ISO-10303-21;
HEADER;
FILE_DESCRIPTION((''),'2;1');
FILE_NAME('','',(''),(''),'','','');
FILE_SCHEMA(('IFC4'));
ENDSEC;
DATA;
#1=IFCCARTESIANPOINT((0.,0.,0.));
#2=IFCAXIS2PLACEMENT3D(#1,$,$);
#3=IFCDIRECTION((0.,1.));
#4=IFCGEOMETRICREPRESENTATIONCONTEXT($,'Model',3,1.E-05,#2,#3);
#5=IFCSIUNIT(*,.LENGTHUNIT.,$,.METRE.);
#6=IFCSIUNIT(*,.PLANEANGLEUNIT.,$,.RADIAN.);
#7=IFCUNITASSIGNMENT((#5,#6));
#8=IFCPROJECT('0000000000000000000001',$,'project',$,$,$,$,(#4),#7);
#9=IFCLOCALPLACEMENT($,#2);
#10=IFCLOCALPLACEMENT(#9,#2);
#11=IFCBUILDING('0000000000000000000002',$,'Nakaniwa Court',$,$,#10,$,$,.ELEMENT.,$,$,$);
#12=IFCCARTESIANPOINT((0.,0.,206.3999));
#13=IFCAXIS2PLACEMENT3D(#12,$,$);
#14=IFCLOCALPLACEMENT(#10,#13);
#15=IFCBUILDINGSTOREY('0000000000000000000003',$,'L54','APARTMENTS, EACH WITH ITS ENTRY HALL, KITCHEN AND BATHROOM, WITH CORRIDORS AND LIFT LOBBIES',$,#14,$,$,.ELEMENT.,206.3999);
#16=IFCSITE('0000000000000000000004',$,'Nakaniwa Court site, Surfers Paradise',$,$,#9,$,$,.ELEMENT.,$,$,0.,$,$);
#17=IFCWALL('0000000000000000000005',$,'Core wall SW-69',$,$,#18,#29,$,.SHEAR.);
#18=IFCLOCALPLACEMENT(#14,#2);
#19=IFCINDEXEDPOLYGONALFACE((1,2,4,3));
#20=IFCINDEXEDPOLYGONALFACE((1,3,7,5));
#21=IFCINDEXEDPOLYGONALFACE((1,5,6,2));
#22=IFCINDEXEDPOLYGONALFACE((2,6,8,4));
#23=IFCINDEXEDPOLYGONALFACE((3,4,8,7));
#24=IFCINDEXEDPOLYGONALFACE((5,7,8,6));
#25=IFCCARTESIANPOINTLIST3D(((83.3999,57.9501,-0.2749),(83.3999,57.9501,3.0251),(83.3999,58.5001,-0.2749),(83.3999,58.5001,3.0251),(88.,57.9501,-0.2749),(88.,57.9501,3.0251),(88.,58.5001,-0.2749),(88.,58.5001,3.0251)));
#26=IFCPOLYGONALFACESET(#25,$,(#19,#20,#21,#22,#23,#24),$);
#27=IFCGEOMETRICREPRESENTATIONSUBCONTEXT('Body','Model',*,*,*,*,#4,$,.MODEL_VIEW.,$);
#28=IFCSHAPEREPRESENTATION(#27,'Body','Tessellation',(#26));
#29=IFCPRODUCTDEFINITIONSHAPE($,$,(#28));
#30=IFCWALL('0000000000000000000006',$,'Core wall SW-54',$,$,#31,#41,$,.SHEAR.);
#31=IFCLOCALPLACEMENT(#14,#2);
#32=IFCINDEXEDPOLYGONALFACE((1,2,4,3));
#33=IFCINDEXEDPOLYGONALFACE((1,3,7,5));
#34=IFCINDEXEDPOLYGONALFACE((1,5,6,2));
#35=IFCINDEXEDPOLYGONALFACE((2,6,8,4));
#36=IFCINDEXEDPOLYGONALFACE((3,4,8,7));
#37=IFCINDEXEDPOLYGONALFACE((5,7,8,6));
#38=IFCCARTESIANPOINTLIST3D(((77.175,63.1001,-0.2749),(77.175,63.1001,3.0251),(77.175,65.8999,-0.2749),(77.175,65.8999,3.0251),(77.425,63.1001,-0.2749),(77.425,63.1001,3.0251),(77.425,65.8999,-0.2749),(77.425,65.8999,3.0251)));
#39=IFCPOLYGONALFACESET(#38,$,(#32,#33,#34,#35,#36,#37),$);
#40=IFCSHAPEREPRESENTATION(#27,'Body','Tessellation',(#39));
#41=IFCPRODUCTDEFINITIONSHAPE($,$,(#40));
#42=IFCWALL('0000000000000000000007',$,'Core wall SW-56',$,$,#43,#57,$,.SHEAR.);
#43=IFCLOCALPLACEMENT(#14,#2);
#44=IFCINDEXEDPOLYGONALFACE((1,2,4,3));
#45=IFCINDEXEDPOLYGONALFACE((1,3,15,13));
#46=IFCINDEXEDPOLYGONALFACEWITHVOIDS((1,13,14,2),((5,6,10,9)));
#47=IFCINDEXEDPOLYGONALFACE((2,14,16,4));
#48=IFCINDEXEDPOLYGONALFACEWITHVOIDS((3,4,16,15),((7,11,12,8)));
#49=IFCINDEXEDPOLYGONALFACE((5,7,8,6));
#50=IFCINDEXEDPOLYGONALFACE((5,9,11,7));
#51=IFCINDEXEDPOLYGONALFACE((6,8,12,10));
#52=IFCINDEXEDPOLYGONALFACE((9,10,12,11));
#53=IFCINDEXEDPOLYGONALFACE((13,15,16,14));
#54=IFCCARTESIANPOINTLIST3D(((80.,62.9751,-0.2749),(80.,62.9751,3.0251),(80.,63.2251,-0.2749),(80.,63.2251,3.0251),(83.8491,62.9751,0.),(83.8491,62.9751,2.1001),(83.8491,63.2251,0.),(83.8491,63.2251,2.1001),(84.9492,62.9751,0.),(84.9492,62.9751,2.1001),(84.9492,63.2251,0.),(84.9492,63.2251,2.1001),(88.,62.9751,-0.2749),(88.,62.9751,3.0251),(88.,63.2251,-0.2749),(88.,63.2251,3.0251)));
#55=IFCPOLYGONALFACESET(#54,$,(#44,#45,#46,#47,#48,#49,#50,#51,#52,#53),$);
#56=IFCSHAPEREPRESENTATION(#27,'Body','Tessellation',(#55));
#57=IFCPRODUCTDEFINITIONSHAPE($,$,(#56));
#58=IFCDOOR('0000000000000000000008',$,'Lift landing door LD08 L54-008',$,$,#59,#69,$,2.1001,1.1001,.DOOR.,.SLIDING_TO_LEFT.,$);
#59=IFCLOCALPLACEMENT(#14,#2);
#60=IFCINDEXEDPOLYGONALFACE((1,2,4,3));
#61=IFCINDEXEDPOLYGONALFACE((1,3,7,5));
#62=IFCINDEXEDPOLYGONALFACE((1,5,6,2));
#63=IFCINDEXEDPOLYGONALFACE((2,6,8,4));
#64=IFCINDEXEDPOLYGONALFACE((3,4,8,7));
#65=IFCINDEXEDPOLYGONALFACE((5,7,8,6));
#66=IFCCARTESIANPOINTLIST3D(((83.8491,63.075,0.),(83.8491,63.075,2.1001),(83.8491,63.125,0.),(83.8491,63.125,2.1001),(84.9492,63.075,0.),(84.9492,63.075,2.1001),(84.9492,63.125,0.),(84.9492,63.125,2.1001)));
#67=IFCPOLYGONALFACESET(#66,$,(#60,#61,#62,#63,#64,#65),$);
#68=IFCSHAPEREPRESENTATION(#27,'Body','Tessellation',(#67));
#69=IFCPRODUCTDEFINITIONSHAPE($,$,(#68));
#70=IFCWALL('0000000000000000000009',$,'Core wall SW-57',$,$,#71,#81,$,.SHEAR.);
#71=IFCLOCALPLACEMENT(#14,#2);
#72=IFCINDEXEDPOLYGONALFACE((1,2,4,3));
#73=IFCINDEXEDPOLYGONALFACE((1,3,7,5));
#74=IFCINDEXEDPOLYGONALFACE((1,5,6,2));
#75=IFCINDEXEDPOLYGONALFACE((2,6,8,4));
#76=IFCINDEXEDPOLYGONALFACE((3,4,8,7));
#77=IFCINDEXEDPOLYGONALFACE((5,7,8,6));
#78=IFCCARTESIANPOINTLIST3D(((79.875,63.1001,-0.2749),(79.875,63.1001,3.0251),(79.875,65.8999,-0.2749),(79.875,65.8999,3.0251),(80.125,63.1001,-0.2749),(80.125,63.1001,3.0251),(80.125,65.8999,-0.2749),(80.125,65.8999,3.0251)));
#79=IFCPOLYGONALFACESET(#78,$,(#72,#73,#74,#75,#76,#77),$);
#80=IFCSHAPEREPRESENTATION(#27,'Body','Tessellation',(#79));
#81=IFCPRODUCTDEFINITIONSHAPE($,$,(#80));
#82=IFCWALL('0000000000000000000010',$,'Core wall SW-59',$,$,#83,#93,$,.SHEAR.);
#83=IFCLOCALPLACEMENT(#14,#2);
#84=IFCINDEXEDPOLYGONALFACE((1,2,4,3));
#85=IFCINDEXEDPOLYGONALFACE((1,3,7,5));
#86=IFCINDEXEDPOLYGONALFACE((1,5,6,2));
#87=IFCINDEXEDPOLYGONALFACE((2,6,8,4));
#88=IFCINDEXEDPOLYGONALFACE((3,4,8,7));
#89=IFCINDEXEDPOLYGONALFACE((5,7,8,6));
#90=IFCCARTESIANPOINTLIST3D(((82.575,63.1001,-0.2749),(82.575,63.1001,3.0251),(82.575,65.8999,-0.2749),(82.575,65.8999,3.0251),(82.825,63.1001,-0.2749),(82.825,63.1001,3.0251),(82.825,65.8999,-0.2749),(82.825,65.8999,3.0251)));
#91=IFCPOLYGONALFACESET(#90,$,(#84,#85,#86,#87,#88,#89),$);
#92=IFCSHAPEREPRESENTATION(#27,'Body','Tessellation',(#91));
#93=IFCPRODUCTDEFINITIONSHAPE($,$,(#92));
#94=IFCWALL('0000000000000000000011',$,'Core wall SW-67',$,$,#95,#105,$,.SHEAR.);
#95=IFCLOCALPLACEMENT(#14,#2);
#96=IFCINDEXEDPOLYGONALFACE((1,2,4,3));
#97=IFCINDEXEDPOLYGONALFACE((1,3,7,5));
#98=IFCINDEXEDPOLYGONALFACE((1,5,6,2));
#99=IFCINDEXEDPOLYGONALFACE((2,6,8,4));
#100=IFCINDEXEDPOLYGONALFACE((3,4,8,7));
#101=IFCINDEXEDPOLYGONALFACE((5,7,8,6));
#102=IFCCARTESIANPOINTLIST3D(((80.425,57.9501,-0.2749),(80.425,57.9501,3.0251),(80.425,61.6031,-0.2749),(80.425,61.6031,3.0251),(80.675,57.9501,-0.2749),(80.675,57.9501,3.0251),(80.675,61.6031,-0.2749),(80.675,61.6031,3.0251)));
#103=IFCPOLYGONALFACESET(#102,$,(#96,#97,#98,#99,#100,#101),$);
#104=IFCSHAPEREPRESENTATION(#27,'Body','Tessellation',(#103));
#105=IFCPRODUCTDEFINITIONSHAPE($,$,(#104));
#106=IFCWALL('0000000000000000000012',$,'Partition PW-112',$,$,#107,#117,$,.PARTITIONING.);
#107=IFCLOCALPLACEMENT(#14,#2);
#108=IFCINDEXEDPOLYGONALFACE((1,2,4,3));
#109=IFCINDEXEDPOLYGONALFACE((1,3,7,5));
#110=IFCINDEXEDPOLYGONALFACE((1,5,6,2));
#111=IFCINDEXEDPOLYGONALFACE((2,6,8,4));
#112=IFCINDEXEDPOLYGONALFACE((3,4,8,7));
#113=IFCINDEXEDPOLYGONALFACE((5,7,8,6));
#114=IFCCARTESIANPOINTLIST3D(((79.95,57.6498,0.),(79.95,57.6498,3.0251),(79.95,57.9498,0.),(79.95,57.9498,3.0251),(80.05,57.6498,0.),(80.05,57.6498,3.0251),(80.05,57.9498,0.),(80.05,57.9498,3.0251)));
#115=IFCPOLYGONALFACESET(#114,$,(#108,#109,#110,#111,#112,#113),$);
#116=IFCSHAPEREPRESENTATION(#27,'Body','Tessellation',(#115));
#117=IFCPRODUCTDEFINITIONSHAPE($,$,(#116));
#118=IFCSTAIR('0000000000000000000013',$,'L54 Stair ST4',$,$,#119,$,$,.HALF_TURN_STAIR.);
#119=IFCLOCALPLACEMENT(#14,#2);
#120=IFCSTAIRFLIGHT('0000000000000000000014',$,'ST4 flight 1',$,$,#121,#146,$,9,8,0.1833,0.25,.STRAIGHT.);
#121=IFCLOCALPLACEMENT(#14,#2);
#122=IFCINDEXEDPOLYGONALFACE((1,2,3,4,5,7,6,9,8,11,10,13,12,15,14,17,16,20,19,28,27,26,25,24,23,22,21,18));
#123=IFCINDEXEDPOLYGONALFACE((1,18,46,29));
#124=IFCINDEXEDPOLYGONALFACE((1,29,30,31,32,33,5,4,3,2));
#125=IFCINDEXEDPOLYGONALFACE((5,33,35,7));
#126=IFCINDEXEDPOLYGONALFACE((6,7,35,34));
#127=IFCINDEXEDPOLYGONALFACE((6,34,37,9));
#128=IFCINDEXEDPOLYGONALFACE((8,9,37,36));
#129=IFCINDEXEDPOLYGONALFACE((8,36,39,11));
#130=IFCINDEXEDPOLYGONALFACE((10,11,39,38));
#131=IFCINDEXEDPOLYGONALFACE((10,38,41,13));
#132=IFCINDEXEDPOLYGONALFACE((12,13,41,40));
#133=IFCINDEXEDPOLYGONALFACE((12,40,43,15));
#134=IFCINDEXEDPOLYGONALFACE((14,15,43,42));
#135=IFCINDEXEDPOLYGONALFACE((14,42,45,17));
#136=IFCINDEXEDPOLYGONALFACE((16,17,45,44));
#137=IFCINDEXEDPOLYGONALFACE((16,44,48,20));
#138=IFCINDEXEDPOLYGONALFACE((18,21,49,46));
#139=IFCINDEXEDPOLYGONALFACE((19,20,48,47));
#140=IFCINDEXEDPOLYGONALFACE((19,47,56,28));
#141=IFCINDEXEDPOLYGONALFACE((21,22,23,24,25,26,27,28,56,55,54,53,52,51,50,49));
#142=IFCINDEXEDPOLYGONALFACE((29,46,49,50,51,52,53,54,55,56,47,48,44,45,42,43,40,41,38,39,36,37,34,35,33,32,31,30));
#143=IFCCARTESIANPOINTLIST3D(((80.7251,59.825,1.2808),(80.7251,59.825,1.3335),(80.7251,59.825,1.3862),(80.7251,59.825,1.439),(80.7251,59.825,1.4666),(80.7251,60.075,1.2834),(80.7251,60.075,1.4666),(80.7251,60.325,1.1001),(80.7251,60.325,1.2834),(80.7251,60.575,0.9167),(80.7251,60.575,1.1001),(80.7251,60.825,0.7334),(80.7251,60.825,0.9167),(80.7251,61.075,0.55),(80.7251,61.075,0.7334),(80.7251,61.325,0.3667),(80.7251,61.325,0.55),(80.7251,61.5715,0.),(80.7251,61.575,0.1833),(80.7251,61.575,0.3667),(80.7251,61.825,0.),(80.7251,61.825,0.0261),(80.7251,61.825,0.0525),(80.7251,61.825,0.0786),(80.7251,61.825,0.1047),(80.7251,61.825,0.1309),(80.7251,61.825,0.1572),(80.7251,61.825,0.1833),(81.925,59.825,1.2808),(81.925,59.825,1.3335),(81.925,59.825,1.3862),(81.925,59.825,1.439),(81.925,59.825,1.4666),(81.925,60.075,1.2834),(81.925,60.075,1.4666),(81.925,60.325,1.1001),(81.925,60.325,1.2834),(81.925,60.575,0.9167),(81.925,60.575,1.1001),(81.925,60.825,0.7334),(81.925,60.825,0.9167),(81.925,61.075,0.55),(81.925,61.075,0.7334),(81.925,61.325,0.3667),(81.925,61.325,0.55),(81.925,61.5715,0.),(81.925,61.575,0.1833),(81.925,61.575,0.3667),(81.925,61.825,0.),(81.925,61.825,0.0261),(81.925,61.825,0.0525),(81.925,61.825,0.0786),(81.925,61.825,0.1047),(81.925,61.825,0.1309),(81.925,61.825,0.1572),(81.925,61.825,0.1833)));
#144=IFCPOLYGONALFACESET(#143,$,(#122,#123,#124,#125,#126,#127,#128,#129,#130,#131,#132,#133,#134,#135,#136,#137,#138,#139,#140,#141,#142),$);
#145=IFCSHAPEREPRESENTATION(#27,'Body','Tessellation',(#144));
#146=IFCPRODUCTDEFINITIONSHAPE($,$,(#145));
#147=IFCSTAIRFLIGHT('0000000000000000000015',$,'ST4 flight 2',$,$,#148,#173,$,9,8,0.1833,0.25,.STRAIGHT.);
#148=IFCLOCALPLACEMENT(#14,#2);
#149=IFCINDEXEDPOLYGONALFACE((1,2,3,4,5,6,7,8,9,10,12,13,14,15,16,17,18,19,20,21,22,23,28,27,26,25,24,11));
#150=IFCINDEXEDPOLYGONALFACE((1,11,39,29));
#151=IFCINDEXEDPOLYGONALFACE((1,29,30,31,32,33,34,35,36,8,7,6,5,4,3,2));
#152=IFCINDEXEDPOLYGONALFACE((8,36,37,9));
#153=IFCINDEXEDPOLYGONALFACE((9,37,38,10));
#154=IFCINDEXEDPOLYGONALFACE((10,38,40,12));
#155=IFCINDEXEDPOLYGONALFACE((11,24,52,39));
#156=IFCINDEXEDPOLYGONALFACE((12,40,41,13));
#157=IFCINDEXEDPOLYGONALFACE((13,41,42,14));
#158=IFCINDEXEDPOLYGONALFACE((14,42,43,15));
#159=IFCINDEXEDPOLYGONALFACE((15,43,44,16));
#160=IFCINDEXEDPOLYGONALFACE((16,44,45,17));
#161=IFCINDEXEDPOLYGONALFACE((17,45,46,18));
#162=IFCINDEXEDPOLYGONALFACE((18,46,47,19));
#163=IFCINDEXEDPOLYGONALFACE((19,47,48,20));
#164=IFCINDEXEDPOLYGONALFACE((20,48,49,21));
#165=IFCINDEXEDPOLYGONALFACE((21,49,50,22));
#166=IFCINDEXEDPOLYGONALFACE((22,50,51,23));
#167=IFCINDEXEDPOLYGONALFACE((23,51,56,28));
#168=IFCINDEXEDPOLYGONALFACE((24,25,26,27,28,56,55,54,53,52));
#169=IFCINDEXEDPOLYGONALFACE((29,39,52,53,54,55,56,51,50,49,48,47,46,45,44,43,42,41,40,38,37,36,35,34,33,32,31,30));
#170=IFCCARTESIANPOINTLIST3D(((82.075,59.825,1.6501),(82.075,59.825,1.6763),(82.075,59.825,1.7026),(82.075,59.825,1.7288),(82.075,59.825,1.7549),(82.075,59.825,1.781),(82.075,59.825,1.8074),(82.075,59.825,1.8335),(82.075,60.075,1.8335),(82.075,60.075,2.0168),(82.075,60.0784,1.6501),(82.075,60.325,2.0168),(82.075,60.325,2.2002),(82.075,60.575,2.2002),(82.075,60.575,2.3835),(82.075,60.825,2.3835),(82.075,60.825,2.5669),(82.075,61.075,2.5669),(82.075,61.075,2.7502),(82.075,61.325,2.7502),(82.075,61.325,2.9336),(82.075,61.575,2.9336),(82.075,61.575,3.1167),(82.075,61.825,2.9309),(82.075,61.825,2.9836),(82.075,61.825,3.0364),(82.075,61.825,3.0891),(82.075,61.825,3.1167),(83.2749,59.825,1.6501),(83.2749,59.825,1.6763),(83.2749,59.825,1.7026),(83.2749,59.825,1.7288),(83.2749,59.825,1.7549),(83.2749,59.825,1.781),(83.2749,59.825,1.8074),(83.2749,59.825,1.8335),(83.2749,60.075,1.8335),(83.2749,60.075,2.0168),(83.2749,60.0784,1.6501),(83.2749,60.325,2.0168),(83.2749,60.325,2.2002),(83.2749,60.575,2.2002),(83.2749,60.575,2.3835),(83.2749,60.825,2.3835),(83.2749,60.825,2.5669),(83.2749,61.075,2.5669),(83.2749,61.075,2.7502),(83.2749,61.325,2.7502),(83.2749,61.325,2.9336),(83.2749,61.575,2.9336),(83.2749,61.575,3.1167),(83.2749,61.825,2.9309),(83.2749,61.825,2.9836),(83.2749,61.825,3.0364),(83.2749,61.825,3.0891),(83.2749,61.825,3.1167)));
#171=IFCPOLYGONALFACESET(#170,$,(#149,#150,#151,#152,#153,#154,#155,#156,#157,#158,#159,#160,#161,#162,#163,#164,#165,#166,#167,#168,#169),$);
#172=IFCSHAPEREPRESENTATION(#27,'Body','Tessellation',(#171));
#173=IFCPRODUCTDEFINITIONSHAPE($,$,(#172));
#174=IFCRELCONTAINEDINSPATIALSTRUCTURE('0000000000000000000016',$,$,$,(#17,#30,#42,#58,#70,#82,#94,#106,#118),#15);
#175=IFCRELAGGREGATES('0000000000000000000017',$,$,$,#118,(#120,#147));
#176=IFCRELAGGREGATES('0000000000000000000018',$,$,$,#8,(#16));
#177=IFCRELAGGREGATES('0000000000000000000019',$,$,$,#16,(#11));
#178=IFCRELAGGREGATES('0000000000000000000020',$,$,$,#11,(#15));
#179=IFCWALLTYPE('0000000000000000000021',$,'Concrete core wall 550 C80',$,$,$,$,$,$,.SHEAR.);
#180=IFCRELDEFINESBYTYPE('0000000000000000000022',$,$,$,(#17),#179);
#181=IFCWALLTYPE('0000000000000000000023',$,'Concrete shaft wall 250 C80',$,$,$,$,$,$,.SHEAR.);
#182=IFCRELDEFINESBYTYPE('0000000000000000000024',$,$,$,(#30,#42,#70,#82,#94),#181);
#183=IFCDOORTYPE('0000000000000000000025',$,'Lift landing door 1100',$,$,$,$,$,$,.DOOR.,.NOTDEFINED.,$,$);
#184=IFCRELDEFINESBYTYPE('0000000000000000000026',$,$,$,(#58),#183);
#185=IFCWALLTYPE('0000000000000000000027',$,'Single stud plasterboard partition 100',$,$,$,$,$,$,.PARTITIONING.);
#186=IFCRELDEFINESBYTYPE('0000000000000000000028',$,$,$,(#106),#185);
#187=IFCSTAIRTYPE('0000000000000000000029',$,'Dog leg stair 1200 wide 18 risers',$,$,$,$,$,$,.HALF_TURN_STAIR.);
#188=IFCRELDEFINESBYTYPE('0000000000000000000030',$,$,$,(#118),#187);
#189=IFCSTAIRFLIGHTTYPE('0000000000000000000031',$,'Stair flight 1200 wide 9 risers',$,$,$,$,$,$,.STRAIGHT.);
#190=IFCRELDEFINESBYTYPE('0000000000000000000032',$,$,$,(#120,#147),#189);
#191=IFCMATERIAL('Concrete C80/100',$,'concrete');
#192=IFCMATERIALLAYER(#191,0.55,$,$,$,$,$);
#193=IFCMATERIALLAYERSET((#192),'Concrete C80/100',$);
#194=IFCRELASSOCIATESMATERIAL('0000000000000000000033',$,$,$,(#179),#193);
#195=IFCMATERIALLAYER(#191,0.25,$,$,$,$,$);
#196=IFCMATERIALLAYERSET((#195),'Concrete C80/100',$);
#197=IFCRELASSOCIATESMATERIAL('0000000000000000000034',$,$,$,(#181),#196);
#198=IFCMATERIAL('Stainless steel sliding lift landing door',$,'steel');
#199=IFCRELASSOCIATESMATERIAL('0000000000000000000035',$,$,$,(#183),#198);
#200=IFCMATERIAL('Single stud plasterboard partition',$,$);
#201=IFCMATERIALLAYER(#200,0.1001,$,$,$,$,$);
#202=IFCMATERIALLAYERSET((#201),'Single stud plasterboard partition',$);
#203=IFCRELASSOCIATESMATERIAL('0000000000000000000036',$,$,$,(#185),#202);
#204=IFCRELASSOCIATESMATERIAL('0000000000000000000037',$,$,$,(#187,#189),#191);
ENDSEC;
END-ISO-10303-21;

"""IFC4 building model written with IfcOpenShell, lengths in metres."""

from ifc_helpers import new_model, si_unit, direction, frame, frame_2d, origin, place, context, subcontext, project, spatial, polyline, rectangle, outline, extrude, material, layer, layer_set, type_object, element, fill, aggregate, save


model = new_model("IFC4")

# Units and contexts
model_context = context("Model", 3, precision=1e-05, world=origin(), true_north=direction((0.0, 1.0)))
body_context = subcontext(model_context, "Body", "Model", "MODEL_VIEW")
ifc_project = project(units=[si_unit("LENGTHUNIT", "METRE"), si_unit("PLANEANGLEUNIT", "RADIAN")], contexts=[model_context])

# Site, building, storey
site_placement = place(None, origin())
site = spatial("IfcSite", under=ifc_project, at=site_placement, Name="Nakaniwa Court site, Surfers Paradise", CompositionType="ELEMENT", RefElevation=0.0)
building_placement = place(site_placement, origin())
building = spatial("IfcBuilding", under=site, at=building_placement, Name="Nakaniwa Court", CompositionType="ELEMENT")
storey_placement = place(building_placement, frame((0.0, 0.0, 206.3999)))
storey = spatial("IfcBuildingStorey", under=building, at=storey_placement, Name="L54", Description="APARTMENTS, EACH WITH ITS ENTRY HALL, KITCHEN AND BATHROOM, WITH CORRIDORS AND LIFT LOBBIES", CompositionType="ELEMENT", Elevation=206.3999)

# Shared definitions
ifc_material_1 = material(Name="Concrete C80/100", Category="concrete")

# Walls
ifc_layer_1 = layer(ifc_material_1, 0.55)
ifc_layer_set_1 = layer_set([ifc_layer_1], Name="Concrete C80/100")
wall_type_1 = type_object("IfcWallType", Name="Concrete core wall 550 C80", PredefinedType="SHEAR", material=ifc_layer_set_1)
wall_1_placement = place(storey_placement, frame((83.3999, 58.2251, -0.2749), z_axis=(0.0, 0.0, 1.0), x_axis=(1.0, 0.0, 0.0)))
element("IfcWall", 1, at=wall_1_placement, inside=storey, type_object=wall_type_1, Name="Core wall SW-69", PredefinedType="SHEAR", context=body_context, shape_type="SweptSolid", body=[
    extrude(rectangle(XDim=4.6001, YDim=0.55, at=frame_2d((2.3, 0.0))), origin(), (0.0, 0.0, 1.0), 3.3),
])
ifc_layer_2 = layer(ifc_material_1, 0.25)
ifc_layer_set_2 = layer_set([ifc_layer_2], Name="Concrete C80/100")
wall_type_2 = type_object("IfcWallType", Name="Concrete shaft wall 250 C80", PredefinedType="SHEAR", material=ifc_layer_set_2)
wall_2_placement = place(storey_placement, frame((77.3, 63.1001, -0.2749), z_axis=(0.0, 0.0, 1.0), x_axis=(0.0, 1.0, 0.0)))
element("IfcWall", 2, at=wall_2_placement, inside=storey, type_object=wall_type_2, Name="Core wall SW-54", PredefinedType="SHEAR", context=body_context, shape_type="SweptSolid", body=[
    extrude(rectangle(XDim=2.7998, YDim=0.25, at=frame_2d((1.3999, 0.0))), origin(), (0.0, 0.0, 1.0), 3.3),
])

# Wall, opening, door
wall_3_placement = place(storey_placement, frame((80.0, 63.1001, -0.2749), z_axis=(0.0, 0.0, 1.0), x_axis=(1.0, 0.0, 0.0)))
wall_3 = element("IfcWall", 3, at=wall_3_placement, inside=storey, type_object=wall_type_2, Name="Core wall SW-56", PredefinedType="SHEAR", context=body_context, shape_type="SweptSolid", body=[
    extrude(rectangle(XDim=8.0, YDim=0.25, at=frame_2d((4.0, 0.0))), origin(), (0.0, 0.0, 1.0), 3.3),
])
opening_1_placement = place(wall_3_placement, frame((3.8491, 0.0, 0.2749)))
opening_1 = element("IfcOpeningElement", 4, at=opening_1_placement, cuts=wall_3, PredefinedType="OPENING", context=body_context, shape_type="SweptSolid", body=[
    extrude(rectangle(XDim=1.1001, YDim=2.1001, at=frame_2d((0.55, 1.05))), frame((0.0, 0.135, 0.0), z_axis=(0.0, -1.0, 0.0), x_axis=(1.0, 0.0, 0.0)), (0.0, 0.0, 1.0), 0.27),
])
ifc_material_2 = material(Name="Stainless steel sliding lift landing door", Category="steel")
door_type_1 = type_object("IfcDoorType", Name="Lift landing door 1100", OperationType="NOTDEFINED", PredefinedType="DOOR", material=ifc_material_2)
door_1_placement = place(opening_1_placement, origin())
door_1 = element("IfcDoor", 5, at=door_1_placement, inside=storey, type_object=door_type_1, Name="Lift landing door LD08 L54-008", OperationType="SLIDING_TO_LEFT", OverallHeight=2.1001, OverallWidth=1.1001, PredefinedType="DOOR", context=body_context, shape_type="SweptSolid", body=[
    extrude(rectangle(XDim=1.1001, YDim=2.1001, at=frame_2d((0.55, 1.05))), frame((0.0, 0.0249, 0.0), z_axis=(0.0, -1.0, 0.0), x_axis=(1.0, 0.0, 0.0)), (0.0, 0.0, 1.0), 0.05),
])
fill(opening_1, door_1)

# Walls
for number, where, z_axis, x_axis, name in (
    (6, (80.0, 63.1001, -0.2749), (0.0, 0.0, 1.0), (0.0, 1.0, 0.0), "Core wall SW-57"),
    (7, (82.7, 63.1001, -0.2749), (0.0, 0.0, 1.0), (0.0, 1.0, 0.0), "Core wall SW-59"),
):
    element("IfcWall", number, at=place(storey_placement, frame(where, z_axis=z_axis, x_axis=x_axis)), inside=storey, type_object=wall_type_2, Name=name, PredefinedType="SHEAR", context=body_context, shape_type="SweptSolid", body=[
        extrude(rectangle(XDim=2.7998, YDim=0.25, at=frame_2d((1.3999, 0.0))), origin(), (0.0, 0.0, 1.0), 3.3),
    ])
wall_4_placement = place(storey_placement, frame((80.55, 57.95, -0.2749), z_axis=(0.0, 0.0, 1.0), x_axis=(0.0, 1.0, 0.0)))
element("IfcWall", 8, at=wall_4_placement, inside=storey, type_object=wall_type_2, Name="Core wall SW-67", PredefinedType="SHEAR", context=body_context, shape_type="SweptSolid", body=[
    extrude(rectangle(XDim=3.6531, YDim=0.25, at=frame_2d((1.8267, 0.0))), origin(), (0.0, 0.0, 1.0), 3.3),
])
ifc_material_3 = material(Name="Single stud plasterboard partition")
ifc_layer_3 = layer(ifc_material_3, 0.1001)
ifc_layer_set_3 = layer_set([ifc_layer_3], Name="Single stud plasterboard partition")
wall_type_3 = type_object("IfcWallType", Name="Single stud plasterboard partition 100", PredefinedType="PARTITIONING", material=ifc_layer_set_3)
wall_5_placement = place(storey_placement, frame((80.0, 57.6499, 0.0), z_axis=(0.0, 0.0, 1.0), x_axis=(0.0, 1.0, 0.0)))
element("IfcWall", 9, at=wall_5_placement, inside=storey, type_object=wall_type_3, Name="Partition PW-112", PredefinedType="PARTITIONING", context=body_context, shape_type="SweptSolid", body=[
    extrude(rectangle(XDim=0.3, YDim=0.1001, at=frame_2d((0.1499, 0.0))), origin(), (0.0, 0.0, 1.0), 3.0251),
])

# Stair, stair flights
stair_type = type_object("IfcStairType", Name="Dog leg stair 1200 wide 18 risers", PredefinedType="HALF_TURN_STAIR", material=ifc_material_1)
stair_placement = place(storey_placement, origin())
stair = element("IfcStair", 10, at=stair_placement, inside=storey, type_object=stair_type, Name="L54 Stair ST4", PredefinedType="HALF_TURN_STAIR")
stair_flight_type = type_object("IfcStairFlightType", Name="Stair flight 1200 wide 9 risers", PredefinedType="STRAIGHT", material=ifc_material_1)
stair_flight_1_placement = place(storey_placement, frame((81.325, 61.825, 0.0), z_axis=(0.0, 0.0, 1.0), x_axis=(0.0, -1.0, 0.0)))
stair_flight_1 = element("IfcStairFlight", 11, at=stair_flight_1_placement, type_object=stair_flight_type, Name="ST4 flight 1", NumberOfRisers=9, NumberOfTreads=8, PredefinedType="STRAIGHT", RiserHeight=0.1833, TreadLength=0.25, context=body_context, shape_type="SweptSolid", body=[
    extrude(outline(polyline([(0.0, 0.0), (0.0, 0.0261), (0.0, 0.0525), (0.0, 0.0786), (0.0, 0.1047), (0.0, 0.1309), (0.0, 0.1572), (0.0, 0.1833), (0.25, 0.1833), (0.25, 0.3667), (0.5, 0.3667), (0.5, 0.55), (0.75, 0.55), (0.75, 0.7334), (1.0, 0.7334), (1.0, 0.9167), (1.25, 0.9167), (1.25, 1.1001), (1.5, 1.1001), (1.5, 1.2834), (1.75, 1.2834), (1.75, 1.4666), (2.0, 1.4666), (2.0, 1.6499), (2.0, 1.5972), (2.0, 1.5444), (2.0, 1.4917), (2.0, 1.439), (2.0, 1.3862), (2.0, 1.3335), (2.0, 1.2808), (0.2534, 0.0), (0.0, 0.0)])), frame((0.0, 0.6001, 0.0), z_axis=(0.0, -1.0, 0.0), x_axis=(1.0, 0.0, 0.0)), (0.0, 0.0, 1.0), 1.2),
])
stair_flight_2_placement = place(storey_placement, frame((82.675, 59.825, 1.6501), z_axis=(0.0, 0.0, 1.0), x_axis=(0.0, 1.0, 0.0)))
stair_flight_2 = element("IfcStairFlight", 12, at=stair_flight_2_placement, type_object=stair_flight_type, Name="ST4 flight 2", NumberOfRisers=9, NumberOfTreads=8, PredefinedType="STRAIGHT", RiserHeight=0.1833, TreadLength=0.25, context=body_context, shape_type="SweptSolid", body=[
    extrude(outline(polyline([(0.0, 0.0), (0.0, 0.0261), (0.0, 0.0525), (0.0, 0.0786), (0.0, 0.1047), (0.0, 0.1309), (0.0, 0.1572), (0.0, 0.1833), (0.25, 0.1833), (0.25, 0.3667), (0.5, 0.3667), (0.5, 0.55), (0.75, 0.55), (0.75, 0.7334), (1.0, 0.7334), (1.0, 0.9167), (1.25, 0.9167), (1.25, 1.1001), (1.5, 1.1001), (1.5, 1.2834), (1.75, 1.2834), (1.75, 1.4666), (2.0, 1.4666), (2.0, 1.6499), (2.0, 1.5972), (2.0, 1.5444), (2.0, 1.4917), (2.0, 1.439), (2.0, 1.3862), (2.0, 1.3335), (2.0, 1.2808), (0.2534, 0.0), (0.0, 0.0)])), frame((0.0, 0.6001, 0.0), z_axis=(0.0, -1.0, 0.0), x_axis=(1.0, 0.0, 0.0)), (0.0, 0.0, 1.0), 1.2),
])
aggregate(stair, [stair_flight_1, stair_flight_2])

save(model, "model.ifc")
